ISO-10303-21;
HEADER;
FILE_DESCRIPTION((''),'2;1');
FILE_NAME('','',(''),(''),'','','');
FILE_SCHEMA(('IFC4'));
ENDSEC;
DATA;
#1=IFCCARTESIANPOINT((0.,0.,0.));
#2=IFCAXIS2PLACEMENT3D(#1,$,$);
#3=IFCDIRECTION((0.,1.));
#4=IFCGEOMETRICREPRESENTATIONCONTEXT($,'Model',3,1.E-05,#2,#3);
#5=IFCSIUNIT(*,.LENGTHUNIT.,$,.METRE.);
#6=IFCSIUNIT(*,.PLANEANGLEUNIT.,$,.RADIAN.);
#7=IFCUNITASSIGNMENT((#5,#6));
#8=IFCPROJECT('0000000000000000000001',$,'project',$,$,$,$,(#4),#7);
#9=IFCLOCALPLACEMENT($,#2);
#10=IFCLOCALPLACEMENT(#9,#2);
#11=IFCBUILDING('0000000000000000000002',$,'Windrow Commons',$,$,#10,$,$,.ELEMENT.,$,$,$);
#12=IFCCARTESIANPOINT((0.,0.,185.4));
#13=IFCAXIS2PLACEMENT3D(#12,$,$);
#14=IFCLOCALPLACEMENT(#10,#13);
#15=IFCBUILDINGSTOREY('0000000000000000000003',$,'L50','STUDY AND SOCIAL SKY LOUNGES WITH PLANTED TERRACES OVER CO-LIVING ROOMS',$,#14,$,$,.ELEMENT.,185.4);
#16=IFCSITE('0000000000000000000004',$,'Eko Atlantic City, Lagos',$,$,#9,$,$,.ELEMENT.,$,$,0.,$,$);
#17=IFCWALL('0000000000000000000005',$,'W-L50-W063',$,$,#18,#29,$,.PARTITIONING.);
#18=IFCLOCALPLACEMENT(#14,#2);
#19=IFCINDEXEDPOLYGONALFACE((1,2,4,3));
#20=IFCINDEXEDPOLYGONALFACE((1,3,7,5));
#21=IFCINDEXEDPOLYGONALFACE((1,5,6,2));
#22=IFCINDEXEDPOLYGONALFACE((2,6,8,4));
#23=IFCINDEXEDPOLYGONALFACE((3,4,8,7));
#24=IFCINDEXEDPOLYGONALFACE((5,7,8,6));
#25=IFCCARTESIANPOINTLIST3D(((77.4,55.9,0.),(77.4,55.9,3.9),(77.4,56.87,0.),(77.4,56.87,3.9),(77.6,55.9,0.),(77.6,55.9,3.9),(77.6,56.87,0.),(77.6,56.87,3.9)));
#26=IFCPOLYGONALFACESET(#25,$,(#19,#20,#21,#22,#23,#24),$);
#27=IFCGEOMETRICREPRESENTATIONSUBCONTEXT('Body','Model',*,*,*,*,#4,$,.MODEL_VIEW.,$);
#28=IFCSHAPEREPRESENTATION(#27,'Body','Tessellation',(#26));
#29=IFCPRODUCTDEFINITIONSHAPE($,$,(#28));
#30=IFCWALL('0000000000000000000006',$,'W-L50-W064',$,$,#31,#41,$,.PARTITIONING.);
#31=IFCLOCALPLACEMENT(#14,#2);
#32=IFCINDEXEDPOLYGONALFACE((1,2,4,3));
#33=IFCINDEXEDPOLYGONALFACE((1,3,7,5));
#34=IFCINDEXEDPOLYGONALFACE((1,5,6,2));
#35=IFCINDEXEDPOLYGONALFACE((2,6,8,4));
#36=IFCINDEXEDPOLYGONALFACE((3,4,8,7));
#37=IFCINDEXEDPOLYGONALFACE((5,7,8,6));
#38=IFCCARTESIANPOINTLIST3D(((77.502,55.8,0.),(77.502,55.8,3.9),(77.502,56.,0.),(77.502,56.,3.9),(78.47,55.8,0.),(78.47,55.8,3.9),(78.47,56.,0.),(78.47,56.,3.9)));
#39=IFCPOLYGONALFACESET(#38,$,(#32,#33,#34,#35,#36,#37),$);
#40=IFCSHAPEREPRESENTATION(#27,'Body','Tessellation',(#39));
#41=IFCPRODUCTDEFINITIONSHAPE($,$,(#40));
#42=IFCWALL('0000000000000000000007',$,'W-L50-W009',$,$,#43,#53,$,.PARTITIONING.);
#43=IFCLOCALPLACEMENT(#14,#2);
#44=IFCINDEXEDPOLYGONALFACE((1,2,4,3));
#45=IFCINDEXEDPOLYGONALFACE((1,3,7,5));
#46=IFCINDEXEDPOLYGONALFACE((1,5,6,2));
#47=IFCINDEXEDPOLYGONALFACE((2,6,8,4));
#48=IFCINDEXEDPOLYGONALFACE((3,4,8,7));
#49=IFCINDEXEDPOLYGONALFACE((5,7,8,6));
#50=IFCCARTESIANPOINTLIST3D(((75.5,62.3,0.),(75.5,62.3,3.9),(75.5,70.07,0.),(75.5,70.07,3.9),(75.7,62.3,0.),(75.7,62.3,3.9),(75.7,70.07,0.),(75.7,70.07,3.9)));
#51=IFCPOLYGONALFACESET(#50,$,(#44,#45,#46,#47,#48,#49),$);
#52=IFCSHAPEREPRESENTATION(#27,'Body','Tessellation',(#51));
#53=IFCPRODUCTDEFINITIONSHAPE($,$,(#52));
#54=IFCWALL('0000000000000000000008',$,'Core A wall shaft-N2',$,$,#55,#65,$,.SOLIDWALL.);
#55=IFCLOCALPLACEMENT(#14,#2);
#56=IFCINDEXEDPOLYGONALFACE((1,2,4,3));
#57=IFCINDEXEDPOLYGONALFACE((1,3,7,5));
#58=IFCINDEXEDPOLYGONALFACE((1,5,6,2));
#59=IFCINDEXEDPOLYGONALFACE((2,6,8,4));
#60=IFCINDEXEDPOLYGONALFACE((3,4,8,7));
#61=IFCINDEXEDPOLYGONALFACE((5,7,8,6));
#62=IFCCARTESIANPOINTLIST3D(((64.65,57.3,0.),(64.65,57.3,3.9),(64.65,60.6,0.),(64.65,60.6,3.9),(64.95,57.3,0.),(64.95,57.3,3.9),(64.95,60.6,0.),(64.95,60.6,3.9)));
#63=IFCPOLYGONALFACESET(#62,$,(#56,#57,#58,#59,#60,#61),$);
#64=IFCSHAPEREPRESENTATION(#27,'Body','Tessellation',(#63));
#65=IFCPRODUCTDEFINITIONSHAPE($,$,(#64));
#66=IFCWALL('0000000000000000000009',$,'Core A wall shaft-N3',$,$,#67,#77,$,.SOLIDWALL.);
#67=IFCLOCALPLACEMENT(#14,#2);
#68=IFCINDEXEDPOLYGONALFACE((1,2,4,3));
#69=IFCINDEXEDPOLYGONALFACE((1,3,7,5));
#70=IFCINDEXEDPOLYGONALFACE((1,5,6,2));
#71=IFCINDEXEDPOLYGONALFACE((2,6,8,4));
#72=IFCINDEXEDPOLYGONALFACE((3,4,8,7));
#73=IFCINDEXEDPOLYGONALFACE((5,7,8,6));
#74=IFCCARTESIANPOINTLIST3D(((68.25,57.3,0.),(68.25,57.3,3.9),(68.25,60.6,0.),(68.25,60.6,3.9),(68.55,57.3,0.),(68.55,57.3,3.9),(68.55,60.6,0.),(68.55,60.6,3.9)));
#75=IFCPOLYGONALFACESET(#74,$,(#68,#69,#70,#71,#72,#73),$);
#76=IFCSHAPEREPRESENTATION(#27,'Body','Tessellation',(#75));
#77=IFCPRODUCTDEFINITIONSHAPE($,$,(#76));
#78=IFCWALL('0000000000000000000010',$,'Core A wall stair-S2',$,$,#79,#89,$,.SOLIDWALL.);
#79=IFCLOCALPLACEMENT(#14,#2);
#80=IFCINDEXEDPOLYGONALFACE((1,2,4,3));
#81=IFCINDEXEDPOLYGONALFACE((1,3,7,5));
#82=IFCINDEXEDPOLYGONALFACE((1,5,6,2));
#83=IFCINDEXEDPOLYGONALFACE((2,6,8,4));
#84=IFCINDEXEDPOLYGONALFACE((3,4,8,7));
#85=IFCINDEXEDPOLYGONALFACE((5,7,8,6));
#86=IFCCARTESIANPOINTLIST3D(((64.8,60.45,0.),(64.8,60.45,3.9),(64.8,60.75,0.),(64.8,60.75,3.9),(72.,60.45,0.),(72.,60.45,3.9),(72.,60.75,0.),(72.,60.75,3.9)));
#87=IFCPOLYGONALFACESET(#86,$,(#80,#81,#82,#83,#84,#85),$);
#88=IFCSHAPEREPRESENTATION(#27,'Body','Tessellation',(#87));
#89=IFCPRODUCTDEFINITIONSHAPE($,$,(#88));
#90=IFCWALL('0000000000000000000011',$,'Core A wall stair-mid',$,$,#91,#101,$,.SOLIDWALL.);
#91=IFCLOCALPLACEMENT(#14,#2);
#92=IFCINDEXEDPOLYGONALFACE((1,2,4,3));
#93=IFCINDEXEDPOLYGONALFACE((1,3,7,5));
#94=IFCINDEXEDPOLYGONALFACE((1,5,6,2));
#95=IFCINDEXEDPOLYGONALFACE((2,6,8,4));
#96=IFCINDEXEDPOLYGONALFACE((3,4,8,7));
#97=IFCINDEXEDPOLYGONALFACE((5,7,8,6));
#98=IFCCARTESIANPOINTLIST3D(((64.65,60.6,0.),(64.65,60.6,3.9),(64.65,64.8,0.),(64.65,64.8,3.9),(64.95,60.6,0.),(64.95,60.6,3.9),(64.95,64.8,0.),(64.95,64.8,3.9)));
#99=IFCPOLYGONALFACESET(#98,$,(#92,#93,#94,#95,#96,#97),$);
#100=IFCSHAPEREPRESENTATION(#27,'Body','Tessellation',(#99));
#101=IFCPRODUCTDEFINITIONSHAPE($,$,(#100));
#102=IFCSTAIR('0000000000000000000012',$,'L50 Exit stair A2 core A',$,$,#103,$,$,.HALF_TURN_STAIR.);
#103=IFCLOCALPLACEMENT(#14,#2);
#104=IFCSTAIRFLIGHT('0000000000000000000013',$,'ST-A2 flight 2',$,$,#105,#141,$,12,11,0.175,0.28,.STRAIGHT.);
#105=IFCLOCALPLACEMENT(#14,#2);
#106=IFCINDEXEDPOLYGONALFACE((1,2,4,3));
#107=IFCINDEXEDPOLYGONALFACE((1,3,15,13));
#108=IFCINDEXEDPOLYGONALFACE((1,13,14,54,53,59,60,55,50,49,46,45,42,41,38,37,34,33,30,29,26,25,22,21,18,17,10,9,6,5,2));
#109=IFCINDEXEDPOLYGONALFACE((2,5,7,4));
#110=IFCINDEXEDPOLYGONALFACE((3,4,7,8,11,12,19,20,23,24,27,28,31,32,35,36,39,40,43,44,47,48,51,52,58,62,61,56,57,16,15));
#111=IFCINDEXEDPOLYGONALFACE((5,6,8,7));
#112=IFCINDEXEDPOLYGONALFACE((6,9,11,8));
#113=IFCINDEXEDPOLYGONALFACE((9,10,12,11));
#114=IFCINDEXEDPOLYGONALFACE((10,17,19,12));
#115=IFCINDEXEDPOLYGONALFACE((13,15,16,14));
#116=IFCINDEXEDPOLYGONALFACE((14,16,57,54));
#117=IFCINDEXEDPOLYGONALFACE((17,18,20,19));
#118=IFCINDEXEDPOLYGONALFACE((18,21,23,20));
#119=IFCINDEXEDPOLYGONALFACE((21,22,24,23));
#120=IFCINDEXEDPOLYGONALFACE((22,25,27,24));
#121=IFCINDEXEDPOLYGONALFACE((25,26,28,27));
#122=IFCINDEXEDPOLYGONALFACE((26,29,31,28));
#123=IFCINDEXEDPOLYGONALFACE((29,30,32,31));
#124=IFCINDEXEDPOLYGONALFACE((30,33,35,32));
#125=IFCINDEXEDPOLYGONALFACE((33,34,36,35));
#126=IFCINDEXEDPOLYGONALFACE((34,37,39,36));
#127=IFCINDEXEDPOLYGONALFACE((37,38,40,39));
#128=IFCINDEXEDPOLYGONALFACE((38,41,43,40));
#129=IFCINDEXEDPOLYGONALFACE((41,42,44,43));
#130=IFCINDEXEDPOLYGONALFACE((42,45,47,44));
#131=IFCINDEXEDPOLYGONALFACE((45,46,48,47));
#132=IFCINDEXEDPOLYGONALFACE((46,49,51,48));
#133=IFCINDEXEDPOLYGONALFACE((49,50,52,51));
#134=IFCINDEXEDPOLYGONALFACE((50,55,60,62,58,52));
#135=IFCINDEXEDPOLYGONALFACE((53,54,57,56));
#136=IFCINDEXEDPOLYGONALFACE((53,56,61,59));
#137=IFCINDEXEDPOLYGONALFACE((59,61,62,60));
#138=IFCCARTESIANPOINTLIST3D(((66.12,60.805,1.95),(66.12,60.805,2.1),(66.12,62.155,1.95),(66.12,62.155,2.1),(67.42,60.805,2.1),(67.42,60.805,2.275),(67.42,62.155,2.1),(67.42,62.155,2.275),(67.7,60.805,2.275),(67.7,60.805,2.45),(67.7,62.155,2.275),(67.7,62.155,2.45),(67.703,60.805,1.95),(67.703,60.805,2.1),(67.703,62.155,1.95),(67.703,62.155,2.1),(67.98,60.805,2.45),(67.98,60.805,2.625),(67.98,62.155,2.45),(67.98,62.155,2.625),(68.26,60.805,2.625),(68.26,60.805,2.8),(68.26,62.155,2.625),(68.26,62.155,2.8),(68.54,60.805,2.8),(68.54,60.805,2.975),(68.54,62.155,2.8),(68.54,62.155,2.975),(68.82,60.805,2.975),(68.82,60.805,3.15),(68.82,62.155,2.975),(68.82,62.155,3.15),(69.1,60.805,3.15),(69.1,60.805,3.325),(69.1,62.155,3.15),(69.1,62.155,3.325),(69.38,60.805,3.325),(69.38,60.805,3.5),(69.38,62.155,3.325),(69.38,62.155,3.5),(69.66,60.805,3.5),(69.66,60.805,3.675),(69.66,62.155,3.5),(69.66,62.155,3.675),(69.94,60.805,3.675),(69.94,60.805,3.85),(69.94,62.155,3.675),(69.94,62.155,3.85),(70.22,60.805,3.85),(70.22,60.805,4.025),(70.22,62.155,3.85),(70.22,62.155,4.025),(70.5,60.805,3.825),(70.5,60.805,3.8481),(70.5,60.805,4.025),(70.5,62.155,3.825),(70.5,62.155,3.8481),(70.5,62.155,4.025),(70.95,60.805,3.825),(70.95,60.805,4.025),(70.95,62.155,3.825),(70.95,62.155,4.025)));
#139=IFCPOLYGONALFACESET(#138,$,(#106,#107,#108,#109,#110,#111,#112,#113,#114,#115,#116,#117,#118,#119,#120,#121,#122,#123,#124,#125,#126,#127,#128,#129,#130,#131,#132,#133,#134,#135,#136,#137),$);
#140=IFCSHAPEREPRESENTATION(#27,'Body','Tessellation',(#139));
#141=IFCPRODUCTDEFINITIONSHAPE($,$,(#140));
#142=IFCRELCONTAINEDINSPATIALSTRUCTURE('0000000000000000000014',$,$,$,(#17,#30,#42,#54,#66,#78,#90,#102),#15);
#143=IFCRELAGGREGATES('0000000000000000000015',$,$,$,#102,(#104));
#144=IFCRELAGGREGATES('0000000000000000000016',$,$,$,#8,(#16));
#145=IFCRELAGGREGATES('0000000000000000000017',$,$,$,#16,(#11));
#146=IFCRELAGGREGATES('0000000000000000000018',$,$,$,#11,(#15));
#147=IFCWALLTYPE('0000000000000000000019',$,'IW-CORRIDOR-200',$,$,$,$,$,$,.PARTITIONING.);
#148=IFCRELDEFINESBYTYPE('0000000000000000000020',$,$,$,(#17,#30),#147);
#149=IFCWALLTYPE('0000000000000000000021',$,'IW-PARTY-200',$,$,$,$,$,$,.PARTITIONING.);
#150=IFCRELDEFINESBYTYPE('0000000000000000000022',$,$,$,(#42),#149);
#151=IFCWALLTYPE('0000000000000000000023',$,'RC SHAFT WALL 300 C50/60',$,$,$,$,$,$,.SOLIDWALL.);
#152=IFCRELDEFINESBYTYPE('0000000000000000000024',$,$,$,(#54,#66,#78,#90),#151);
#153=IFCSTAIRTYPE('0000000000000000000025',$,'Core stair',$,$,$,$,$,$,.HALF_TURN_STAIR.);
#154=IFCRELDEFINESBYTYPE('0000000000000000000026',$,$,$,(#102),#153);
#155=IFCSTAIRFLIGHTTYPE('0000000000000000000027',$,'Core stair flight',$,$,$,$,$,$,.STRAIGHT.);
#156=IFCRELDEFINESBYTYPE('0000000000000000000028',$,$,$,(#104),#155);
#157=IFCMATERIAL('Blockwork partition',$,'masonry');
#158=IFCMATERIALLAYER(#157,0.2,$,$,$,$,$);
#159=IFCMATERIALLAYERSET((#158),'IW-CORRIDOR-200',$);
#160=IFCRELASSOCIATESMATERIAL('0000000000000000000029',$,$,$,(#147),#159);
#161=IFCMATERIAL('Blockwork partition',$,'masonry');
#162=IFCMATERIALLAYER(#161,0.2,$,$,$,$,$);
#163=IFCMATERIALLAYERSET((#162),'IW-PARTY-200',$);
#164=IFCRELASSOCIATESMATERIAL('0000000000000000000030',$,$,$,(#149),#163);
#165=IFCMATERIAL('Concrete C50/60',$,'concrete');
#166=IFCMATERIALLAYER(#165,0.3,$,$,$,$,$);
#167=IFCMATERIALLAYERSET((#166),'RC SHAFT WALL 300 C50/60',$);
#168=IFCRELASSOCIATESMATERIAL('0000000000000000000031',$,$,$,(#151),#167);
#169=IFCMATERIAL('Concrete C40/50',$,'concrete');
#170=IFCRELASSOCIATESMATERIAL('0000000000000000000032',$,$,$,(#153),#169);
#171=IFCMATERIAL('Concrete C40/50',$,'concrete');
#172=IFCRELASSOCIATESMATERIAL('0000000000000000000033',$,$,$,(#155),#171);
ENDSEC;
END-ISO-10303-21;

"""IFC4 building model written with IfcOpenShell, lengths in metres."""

from ifc_helpers import new_model, si_unit, direction, frame, frame_2d, origin, place, context, subcontext, project, spatial, polyline, rectangle, outline, extrude, material, layer, layer_set, type_object, element, aggregate, save


model = new_model("IFC4")

# Units and contexts
model_context = context("Model", 3, precision=1e-05, world=origin(), true_north=direction((0.0, 1.0)))
body_context = subcontext(model_context, "Body", "Model", "MODEL_VIEW")
ifc_project = project(units=[si_unit("LENGTHUNIT", "METRE"), si_unit("PLANEANGLEUNIT", "RADIAN")], contexts=[model_context])

# Site, building, storey
site_placement = place(None, origin())
site = spatial("IfcSite", under=ifc_project, at=site_placement, Name="Eko Atlantic City, Lagos", CompositionType="ELEMENT", RefElevation=0.0)
building_placement = place(site_placement, origin())
building = spatial("IfcBuilding", under=site, at=building_placement, Name="Windrow Commons", CompositionType="ELEMENT")
storey_placement = place(building_placement, frame((0.0, 0.0, 185.4)))
storey = spatial("IfcBuildingStorey", under=building, at=storey_placement, Name="L50", Description="STUDY AND SOCIAL SKY LOUNGES WITH PLANTED TERRACES OVER CO-LIVING ROOMS", CompositionType="ELEMENT", Elevation=185.4)

# Shared definitions
ifc_material_1 = material(Name="Blockwork partition", Category="masonry")
ifc_layer_1 = layer(ifc_material_1, 0.2)
ifc_layer_set_1 = layer_set([ifc_layer_1], Name="IW-CORRIDOR-200")
wall_type_1 = type_object("IfcWallType", Name="IW-CORRIDOR-200", PredefinedType="PARTITIONING", material=ifc_layer_set_1)

# Walls
wall_1_placement = place(storey_placement, frame((77.5, 55.9, 0.0), z_axis=(0.0, 0.0, 1.0), x_axis=(0.0, 1.0, 0.0)))
element("IfcWall", 1, at=wall_1_placement, inside=storey, type_object=wall_type_1, Name="W-L50-W063", PredefinedType="PARTITIONING", context=body_context, shape_type="SweptSolid", body=[
    extrude(rectangle(XDim=0.97, YDim=0.2, at=frame_2d((0.485, 0.0))), origin(), (0.0, 0.0, 1.0), 3.9),
])
wall_2_placement = place(storey_placement, frame((77.502, 55.9, 0.0), z_axis=(0.0, 0.0, 1.0), x_axis=(1.0, 0.0, 0.0)))
element("IfcWall", 2, at=wall_2_placement, inside=storey, type_object=wall_type_1, Name="W-L50-W064", PredefinedType="PARTITIONING", context=body_context, shape_type="SweptSolid", body=[
    extrude(rectangle(XDim=0.968, YDim=0.2, at=frame_2d((0.484, 0.0))), origin(), (0.0, 0.0, 1.0), 3.9),
])
ifc_material_2 = material(Name="Blockwork partition", Category="masonry")
ifc_layer_2 = layer(ifc_material_2, 0.2)
ifc_layer_set_2 = layer_set([ifc_layer_2], Name="IW-PARTY-200")
wall_type_2 = type_object("IfcWallType", Name="IW-PARTY-200", PredefinedType="PARTITIONING", material=ifc_layer_set_2)
wall_3_placement = place(storey_placement, frame((75.6, 62.3, 0.0), z_axis=(0.0, 0.0, 1.0), x_axis=(0.0, 1.0, 0.0)))
element("IfcWall", 3, at=wall_3_placement, inside=storey, type_object=wall_type_2, Name="W-L50-W009", PredefinedType="PARTITIONING", context=body_context, shape_type="SweptSolid", body=[
    extrude(rectangle(XDim=7.77, YDim=0.2, at=frame_2d((3.885, 0.0))), origin(), (0.0, 0.0, 1.0), 3.9),
])
ifc_material_3 = material(Name="Concrete C50/60", Category="concrete")
ifc_layer_3 = layer(ifc_material_3, 0.3)
ifc_layer_set_3 = layer_set([ifc_layer_3], Name="RC SHAFT WALL 300 C50/60")
wall_type_3 = type_object("IfcWallType", Name="RC SHAFT WALL 300 C50/60", PredefinedType="SOLIDWALL", material=ifc_layer_set_3)
for number, where, z_axis, x_axis, name in (
    (4, (64.8, 57.3, 0.0), (0.0, 0.0, 1.0), (0.0, 1.0, 0.0), "Core A wall shaft-N2"),
    (5, (68.4, 57.3, 0.0), (0.0, 0.0, 1.0), (0.0, 1.0, 0.0), "Core A wall shaft-N3"),
):
    element("IfcWall", number, at=place(storey_placement, frame(where, z_axis=z_axis, x_axis=x_axis)), inside=storey, type_object=wall_type_3, Name=name, PredefinedType="SOLIDWALL", context=body_context, shape_type="SweptSolid", body=[
        extrude(rectangle(XDim=3.3, YDim=0.3, at=frame_2d((1.65, 0.0))), origin(), (0.0, 0.0, 1.0), 3.9),
    ])
wall_4_placement = place(storey_placement, frame((64.8, 60.6, 0.0), z_axis=(0.0, 0.0, 1.0), x_axis=(1.0, 0.0, 0.0)))
element("IfcWall", 6, at=wall_4_placement, inside=storey, type_object=wall_type_3, Name="Core A wall stair-S2", PredefinedType="SOLIDWALL", context=body_context, shape_type="SweptSolid", body=[
    extrude(rectangle(XDim=7.2, YDim=0.3, at=frame_2d((3.6, 0.0))), origin(), (0.0, 0.0, 1.0), 3.9),
])
wall_5_placement = place(storey_placement, frame((64.8, 60.6, 0.0), z_axis=(0.0, 0.0, 1.0), x_axis=(0.0, 1.0, 0.0)))
element("IfcWall", 7, at=wall_5_placement, inside=storey, type_object=wall_type_3, Name="Core A wall stair-mid", PredefinedType="SOLIDWALL", context=body_context, shape_type="SweptSolid", body=[
    extrude(rectangle(XDim=4.2, YDim=0.3, at=frame_2d((2.1, 0.0))), origin(), (0.0, 0.0, 1.0), 3.9),
])

# Stair, stair flight
ifc_material_4 = material(Name="Concrete C40/50", Category="concrete")
stair_type = type_object("IfcStairType", Name="Core stair", PredefinedType="HALF_TURN_STAIR", material=ifc_material_4)
stair_placement = place(storey_placement, origin())
stair = element("IfcStair", 8, at=stair_placement, inside=storey, type_object=stair_type, Name="L50 Exit stair A2 core A", PredefinedType="HALF_TURN_STAIR")
ifc_material_5 = material(Name="Concrete C40/50", Category="concrete")
stair_flight_type = type_object("IfcStairFlightType", Name="Core stair flight", PredefinedType="STRAIGHT", material=ifc_material_5)
stair_flight_placement = place(storey_placement, frame((67.42, 61.48, 2.1), z_axis=(0.0, 0.0, 1.0), x_axis=(1.0, 0.0, 0.0)))
stair_flight = element("IfcStairFlight", 9, at=stair_flight_placement, type_object=stair_flight_type, Name="ST-A2 flight 2", NumberOfRisers=12, NumberOfTreads=11, PredefinedType="STRAIGHT", RiserHeight=0.175, TreadLength=0.28, context=body_context, shape_type="SweptSolid", body=[
    extrude(outline(polyline([(-1.3, -0.15), (-1.3, 0.0), (0.0, 0.0), (0.0, 0.175), (0.28, 0.175), (0.28, 0.35), (0.56, 0.35), (0.56, 0.525), (0.84, 0.525), (0.84, 0.7), (1.12, 0.7), (1.12, 0.875), (1.4, 0.875), (1.4, 1.05), (1.68, 1.05), (1.68, 1.225), (1.96, 1.225), (1.96, 1.4), (2.24, 1.4), (2.24, 1.575), (2.52, 1.575), (2.52, 1.75), (2.8, 1.75), (2.8, 1.925), (3.08, 1.925), (3.53, 1.925), (3.53, 1.725), (3.08, 1.725), (3.08, 1.7481), (0.283, 0.0), (0.283, -0.15), (-1.3, -0.15)])), frame((0.0, 0.675, 0.0), z_axis=(0.0, -1.0, 0.0), x_axis=(1.0, 0.0, 0.0)), (0.0, 0.0, 1.0), 1.35),
])
aggregate(stair, [stair_flight])

save(model, "model.ifc")
